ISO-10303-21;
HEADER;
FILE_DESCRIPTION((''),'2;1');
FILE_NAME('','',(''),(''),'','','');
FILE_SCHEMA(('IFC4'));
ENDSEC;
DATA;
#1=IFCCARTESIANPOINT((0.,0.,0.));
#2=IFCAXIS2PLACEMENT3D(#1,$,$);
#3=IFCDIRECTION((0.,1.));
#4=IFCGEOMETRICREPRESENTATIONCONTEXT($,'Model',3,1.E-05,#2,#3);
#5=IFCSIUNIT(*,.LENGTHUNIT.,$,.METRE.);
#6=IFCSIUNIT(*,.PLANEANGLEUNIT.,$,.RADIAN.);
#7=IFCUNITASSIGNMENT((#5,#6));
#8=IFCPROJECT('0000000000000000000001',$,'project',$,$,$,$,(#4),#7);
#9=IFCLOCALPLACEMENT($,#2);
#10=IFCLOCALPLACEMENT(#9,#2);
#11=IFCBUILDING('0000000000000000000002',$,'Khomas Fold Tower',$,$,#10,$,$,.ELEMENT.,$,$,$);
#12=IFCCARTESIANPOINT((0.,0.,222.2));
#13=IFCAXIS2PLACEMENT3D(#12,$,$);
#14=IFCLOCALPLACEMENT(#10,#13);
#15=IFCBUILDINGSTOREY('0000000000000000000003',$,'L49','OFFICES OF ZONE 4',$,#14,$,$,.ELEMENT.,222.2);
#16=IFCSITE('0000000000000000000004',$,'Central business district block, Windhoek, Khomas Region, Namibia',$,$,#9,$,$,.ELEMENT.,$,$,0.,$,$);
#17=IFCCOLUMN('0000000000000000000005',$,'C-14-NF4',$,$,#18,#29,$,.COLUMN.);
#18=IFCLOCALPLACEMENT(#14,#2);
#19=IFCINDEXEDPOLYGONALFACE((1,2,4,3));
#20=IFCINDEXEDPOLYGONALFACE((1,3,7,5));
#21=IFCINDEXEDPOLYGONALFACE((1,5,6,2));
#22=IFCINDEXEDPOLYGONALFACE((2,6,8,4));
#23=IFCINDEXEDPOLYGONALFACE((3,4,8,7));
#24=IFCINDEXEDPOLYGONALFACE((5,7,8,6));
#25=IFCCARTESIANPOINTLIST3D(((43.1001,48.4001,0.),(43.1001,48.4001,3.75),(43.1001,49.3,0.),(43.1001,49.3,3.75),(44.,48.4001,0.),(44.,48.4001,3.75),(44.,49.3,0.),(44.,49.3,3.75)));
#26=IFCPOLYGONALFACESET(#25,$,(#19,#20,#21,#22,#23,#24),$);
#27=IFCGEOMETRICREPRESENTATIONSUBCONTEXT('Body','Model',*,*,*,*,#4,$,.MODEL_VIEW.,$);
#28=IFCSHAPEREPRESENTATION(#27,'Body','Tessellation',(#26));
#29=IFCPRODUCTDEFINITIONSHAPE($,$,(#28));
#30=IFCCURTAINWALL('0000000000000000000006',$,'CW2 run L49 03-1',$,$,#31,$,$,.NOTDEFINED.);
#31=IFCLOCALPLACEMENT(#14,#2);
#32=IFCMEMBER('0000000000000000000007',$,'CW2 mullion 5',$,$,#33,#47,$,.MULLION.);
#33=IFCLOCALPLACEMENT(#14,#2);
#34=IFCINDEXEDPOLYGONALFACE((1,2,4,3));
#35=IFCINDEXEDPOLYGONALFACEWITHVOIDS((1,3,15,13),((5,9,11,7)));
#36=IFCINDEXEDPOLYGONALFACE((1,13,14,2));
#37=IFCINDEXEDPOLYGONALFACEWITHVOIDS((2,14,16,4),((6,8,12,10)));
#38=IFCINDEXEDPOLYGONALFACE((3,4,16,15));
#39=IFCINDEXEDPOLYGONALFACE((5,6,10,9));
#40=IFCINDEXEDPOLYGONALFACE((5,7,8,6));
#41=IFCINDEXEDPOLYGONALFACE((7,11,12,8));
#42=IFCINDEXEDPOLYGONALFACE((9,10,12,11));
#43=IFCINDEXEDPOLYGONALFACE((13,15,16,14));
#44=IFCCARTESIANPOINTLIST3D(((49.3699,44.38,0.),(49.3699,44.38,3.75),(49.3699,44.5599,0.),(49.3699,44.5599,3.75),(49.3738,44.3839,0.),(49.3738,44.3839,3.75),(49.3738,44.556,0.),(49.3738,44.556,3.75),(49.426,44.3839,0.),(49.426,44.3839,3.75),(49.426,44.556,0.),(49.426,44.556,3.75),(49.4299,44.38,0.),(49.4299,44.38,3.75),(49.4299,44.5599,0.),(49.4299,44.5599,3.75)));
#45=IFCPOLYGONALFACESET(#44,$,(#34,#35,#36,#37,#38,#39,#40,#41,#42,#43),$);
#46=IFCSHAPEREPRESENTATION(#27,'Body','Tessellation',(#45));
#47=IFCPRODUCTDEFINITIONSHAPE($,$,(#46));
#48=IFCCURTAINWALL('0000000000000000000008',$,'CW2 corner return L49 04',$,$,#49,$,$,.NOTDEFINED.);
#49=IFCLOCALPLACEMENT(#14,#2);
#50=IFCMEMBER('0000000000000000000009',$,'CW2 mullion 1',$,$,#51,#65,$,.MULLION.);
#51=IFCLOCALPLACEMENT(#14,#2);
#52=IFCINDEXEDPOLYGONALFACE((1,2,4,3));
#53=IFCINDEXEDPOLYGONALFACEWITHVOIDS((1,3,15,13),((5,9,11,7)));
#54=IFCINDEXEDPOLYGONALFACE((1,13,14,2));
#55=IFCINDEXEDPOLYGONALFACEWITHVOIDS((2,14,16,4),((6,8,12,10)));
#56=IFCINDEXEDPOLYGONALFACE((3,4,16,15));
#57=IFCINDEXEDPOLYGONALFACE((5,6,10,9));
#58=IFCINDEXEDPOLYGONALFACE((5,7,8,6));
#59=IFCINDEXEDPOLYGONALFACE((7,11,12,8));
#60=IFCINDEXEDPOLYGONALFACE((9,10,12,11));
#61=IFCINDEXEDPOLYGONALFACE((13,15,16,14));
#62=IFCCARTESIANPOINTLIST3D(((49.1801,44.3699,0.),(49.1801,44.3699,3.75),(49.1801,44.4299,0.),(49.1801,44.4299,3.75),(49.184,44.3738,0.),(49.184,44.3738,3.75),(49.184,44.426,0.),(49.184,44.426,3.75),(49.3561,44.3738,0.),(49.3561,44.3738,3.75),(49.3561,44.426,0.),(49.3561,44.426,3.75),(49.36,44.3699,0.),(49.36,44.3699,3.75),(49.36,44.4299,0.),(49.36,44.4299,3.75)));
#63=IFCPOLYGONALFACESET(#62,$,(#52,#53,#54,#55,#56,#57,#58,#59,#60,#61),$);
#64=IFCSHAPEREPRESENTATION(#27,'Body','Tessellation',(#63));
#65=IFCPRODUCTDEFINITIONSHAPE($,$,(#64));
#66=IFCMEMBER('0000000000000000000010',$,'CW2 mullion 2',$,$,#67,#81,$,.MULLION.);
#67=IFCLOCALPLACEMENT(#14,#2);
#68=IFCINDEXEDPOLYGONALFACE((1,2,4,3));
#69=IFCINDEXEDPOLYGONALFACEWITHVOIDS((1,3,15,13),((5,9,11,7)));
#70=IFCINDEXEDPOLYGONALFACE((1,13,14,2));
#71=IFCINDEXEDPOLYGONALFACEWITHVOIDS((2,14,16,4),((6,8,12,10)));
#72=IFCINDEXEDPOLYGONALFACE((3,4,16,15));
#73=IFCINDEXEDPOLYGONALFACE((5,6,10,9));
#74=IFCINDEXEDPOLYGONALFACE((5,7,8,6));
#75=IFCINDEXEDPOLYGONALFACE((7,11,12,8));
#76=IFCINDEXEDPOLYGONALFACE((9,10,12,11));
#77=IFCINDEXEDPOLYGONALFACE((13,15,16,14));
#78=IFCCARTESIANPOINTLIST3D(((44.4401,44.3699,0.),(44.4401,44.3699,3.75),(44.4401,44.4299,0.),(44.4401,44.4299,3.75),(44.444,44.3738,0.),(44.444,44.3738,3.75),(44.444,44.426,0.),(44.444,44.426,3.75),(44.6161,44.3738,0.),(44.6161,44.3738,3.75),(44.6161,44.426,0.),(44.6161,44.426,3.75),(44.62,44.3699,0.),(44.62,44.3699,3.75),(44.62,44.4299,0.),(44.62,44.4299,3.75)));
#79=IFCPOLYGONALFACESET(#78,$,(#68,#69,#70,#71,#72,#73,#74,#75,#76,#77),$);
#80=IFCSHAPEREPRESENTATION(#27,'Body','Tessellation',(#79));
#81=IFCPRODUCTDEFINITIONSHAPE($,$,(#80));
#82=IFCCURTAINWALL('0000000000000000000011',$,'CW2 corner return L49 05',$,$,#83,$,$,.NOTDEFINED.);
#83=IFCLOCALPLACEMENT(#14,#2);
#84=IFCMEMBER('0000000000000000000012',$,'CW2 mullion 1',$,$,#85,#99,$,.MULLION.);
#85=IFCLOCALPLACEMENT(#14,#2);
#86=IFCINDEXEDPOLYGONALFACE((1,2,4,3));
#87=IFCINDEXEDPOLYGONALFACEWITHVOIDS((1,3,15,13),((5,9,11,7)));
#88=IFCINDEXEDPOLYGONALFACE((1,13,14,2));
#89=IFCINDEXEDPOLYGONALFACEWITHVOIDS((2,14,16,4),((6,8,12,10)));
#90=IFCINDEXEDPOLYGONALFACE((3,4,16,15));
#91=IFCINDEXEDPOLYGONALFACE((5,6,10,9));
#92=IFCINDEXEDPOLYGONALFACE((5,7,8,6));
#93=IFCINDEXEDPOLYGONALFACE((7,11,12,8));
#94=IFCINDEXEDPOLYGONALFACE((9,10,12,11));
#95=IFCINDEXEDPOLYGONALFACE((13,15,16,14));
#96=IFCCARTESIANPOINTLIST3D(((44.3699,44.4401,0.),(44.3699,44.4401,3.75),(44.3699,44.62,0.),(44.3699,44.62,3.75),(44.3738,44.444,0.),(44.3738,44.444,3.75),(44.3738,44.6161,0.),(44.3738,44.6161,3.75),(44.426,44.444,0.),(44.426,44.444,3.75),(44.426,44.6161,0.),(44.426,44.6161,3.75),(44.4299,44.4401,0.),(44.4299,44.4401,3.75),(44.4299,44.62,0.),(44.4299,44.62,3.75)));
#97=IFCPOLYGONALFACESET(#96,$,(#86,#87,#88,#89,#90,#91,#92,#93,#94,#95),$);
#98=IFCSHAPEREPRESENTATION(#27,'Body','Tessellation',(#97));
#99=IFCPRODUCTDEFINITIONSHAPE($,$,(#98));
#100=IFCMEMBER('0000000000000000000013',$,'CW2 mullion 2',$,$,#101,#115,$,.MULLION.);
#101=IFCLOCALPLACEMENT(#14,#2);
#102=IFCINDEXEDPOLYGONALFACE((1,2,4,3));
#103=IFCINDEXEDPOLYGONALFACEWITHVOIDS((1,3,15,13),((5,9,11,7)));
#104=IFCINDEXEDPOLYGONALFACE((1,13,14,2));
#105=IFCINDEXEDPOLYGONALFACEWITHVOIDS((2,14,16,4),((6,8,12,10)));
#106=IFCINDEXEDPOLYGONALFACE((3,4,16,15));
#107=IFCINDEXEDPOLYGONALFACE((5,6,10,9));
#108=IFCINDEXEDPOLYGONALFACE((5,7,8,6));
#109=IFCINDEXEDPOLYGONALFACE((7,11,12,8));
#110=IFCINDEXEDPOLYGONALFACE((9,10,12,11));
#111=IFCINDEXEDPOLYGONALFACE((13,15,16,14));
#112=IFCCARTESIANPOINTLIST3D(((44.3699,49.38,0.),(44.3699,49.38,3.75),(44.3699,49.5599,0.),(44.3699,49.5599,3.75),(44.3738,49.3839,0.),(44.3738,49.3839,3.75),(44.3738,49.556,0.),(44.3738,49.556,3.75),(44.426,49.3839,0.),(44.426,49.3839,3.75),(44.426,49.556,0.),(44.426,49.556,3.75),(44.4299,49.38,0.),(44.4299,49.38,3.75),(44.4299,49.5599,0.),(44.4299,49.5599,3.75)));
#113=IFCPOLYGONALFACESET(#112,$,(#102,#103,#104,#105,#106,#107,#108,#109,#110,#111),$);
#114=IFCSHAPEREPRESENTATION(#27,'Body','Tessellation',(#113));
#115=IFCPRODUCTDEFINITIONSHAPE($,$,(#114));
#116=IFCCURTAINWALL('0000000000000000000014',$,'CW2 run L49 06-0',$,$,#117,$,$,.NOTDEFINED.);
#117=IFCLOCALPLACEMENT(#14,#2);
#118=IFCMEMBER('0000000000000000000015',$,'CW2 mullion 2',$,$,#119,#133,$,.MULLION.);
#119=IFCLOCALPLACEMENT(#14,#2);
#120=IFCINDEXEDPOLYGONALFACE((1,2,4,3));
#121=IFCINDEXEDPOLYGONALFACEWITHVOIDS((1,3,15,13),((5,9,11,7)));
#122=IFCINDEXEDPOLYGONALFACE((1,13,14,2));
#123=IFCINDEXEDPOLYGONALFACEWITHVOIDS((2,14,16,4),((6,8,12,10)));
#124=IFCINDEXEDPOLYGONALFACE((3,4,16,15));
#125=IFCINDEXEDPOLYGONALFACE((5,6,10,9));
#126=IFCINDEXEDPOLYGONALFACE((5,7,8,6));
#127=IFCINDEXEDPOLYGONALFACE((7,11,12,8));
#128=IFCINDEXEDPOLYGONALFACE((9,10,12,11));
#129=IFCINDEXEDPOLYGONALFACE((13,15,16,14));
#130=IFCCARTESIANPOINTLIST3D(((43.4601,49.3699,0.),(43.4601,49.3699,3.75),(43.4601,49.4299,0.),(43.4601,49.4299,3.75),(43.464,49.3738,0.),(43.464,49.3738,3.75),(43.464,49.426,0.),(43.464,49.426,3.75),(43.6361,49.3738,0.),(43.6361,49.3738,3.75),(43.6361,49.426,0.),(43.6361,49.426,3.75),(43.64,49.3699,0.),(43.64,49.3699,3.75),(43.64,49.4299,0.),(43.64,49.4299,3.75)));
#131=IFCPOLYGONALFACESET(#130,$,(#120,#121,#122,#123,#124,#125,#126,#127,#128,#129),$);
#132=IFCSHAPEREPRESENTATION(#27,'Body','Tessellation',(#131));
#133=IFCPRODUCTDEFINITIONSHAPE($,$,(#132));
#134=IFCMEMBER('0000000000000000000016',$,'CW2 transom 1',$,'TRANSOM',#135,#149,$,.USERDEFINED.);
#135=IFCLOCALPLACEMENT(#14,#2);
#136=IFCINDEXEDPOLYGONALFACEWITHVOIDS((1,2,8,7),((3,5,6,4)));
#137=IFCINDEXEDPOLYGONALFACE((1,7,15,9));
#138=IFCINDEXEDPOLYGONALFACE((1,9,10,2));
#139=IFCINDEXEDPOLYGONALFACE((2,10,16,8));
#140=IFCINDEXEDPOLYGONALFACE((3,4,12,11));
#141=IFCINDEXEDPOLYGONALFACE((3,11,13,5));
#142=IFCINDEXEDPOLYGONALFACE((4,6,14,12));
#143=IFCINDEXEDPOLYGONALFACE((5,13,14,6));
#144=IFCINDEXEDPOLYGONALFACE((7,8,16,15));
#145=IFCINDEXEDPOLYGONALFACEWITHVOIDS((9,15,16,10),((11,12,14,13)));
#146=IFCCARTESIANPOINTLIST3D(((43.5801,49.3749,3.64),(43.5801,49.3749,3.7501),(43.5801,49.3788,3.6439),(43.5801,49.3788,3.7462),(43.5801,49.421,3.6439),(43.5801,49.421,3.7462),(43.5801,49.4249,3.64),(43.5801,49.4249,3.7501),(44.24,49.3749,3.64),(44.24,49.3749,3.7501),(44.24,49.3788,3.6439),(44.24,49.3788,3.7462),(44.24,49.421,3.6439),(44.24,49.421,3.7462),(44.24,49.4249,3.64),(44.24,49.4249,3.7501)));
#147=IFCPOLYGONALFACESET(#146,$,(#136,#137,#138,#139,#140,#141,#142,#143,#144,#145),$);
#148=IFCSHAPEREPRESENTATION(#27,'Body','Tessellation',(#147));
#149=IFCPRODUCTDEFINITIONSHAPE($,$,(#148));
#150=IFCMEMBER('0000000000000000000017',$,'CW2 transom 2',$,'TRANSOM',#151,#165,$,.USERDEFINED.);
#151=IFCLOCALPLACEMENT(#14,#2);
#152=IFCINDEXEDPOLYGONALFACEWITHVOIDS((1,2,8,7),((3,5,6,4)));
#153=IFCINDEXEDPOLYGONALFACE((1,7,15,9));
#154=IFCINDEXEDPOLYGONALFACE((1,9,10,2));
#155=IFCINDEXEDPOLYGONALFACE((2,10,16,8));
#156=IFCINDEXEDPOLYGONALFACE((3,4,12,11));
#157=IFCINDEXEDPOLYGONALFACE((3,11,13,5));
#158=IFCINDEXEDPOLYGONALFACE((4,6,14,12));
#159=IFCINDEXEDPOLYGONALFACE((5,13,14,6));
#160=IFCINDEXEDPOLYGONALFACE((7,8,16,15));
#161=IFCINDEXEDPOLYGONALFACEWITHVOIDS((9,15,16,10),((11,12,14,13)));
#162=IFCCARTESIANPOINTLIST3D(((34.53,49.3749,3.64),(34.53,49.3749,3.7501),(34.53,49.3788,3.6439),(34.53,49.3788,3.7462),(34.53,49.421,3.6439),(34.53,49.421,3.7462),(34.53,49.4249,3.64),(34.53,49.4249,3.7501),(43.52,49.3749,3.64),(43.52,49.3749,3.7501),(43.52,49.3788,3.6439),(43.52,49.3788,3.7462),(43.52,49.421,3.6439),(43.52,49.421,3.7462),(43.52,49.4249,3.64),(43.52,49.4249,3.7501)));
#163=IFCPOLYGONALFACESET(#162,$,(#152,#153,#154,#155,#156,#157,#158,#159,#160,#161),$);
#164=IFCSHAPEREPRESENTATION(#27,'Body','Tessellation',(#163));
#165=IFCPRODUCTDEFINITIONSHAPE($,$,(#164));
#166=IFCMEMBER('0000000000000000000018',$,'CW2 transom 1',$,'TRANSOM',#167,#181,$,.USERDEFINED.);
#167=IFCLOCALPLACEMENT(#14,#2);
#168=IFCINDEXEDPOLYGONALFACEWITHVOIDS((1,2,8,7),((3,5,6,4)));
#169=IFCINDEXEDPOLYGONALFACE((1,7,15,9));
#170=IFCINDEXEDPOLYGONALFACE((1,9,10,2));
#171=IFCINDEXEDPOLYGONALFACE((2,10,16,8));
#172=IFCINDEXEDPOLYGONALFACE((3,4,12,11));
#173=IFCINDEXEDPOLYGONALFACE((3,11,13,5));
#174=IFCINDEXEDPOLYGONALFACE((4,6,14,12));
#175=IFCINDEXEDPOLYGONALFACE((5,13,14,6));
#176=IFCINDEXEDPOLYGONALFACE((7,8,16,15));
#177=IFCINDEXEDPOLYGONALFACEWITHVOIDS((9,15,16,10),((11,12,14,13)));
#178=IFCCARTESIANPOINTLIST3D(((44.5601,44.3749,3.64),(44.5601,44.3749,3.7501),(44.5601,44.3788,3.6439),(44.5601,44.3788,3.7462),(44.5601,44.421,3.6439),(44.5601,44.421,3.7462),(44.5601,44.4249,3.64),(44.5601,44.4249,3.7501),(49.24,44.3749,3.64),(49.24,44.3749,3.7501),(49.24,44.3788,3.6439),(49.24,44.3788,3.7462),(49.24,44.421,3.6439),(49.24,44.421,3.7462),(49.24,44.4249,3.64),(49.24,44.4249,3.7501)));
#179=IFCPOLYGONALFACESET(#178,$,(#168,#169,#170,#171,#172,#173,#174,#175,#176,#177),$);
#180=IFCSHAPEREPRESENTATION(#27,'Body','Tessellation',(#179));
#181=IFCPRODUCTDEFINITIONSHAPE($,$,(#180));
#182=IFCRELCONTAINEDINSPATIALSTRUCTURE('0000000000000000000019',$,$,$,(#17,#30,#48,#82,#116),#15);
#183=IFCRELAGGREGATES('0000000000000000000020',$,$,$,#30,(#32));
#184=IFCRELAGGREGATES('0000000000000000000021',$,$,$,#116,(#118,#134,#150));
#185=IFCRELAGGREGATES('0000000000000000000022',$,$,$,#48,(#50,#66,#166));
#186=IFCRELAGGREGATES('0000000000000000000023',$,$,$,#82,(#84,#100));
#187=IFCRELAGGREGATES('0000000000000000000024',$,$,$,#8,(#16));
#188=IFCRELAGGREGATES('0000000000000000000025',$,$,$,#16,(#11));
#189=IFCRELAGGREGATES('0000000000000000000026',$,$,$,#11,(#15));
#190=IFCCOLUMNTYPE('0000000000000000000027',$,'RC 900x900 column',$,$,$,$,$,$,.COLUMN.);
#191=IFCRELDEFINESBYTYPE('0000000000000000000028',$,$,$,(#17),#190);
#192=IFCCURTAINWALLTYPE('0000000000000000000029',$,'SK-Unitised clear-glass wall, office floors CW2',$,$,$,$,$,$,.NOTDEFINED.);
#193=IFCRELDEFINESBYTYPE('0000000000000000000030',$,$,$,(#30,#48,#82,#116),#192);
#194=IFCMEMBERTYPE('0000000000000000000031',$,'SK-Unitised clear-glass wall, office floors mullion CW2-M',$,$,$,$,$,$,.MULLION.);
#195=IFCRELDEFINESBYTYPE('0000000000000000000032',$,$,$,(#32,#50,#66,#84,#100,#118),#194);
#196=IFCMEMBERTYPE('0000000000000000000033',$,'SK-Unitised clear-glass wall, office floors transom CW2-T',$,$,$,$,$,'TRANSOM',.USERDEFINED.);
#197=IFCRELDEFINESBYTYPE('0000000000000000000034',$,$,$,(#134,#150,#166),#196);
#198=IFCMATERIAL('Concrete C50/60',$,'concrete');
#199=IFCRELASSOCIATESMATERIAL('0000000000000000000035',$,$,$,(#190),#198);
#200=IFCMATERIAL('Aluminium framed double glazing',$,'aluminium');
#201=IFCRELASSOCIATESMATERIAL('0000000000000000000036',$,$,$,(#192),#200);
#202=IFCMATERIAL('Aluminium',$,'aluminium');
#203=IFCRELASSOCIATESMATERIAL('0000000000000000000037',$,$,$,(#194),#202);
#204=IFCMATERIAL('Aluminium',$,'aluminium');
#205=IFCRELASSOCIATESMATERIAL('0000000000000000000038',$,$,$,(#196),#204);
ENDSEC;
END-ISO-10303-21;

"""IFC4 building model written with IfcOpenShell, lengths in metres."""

from ifc_helpers import new_model, si_unit, direction, frame, origin, origin_2d, place, context, subcontext, project, spatial, rectangle, hollow_rectangle, extrude, source, transform, mapped, material, material_profile, profile_set, type_object, element, aggregate, save


model = new_model("IFC4")

# Units and contexts
model_context = context("Model", 3, precision=1e-05, world=origin(), true_north=direction((0.0, 1.0)))
body_context = subcontext(model_context, "Body", "Model", "MODEL_VIEW")
ifc_project = project(units=[si_unit("LENGTHUNIT", "METRE"), si_unit("PLANEANGLEUNIT", "RADIAN")], contexts=[model_context])

# Site, building, storey
site_placement = place(None, origin())
site = spatial("IfcSite", under=ifc_project, at=site_placement, Name="Central business district block, Windhoek, Khomas Region, Namibia", CompositionType="ELEMENT", RefElevation=0.0)
building_placement = place(site_placement, origin())
building = spatial("IfcBuilding", under=site, at=building_placement, Name="Khomas Fold Tower", CompositionType="ELEMENT")
storey_placement = place(building_placement, frame((0.0, 0.0, 222.2)))
storey = spatial("IfcBuildingStorey", under=building, at=storey_placement, Name="L49", Description="OFFICES OF ZONE 4", CompositionType="ELEMENT", Elevation=222.2)

# Column
ifc_material_1 = material(Name="Concrete C50/60", Category="concrete")
ifc_material_profile_1 = material_profile(ifc_material_1, rectangle(XDim=0.8999, YDim=0.8999, at=origin_2d()), Name="RC 900x900")
ifc_profile_set_1 = profile_set([ifc_material_profile_1], Name="Concrete C50/60")
column_type = type_object("IfcColumnType", Name="RC 900x900 column", PredefinedType="COLUMN", material=ifc_profile_set_1)
shared_shape_1 = source(origin(), body_context, "Body", "SweptSolid", [
    extrude(rectangle(XDim=0.8999, YDim=0.8999, at=origin_2d()), origin(), (0.0, 0.0, 1.0), 3.75),
])
column_placement = place(storey_placement, frame((43.55, 48.8501, 0.0), z_axis=(0.0, 0.0, 1.0), x_axis=(1.0, 0.0, 0.0)))
element("IfcColumn", 1, at=column_placement, inside=storey, type_object=column_type, Name="C-14-NF4", PredefinedType="COLUMN", context=body_context, shape_type="MappedRepresentation", body=[
    mapped(shared_shape_1, transform((0.0, 0.0, 0.0))),
])

# Curtain wall, member
ifc_material_2 = material(Name="Aluminium framed double glazing", Category="aluminium")
curtain_wall_type = type_object("IfcCurtainWallType", Name="SK-Unitised clear-glass wall, office floors CW2", PredefinedType="NOTDEFINED", material=ifc_material_2)
curtain_wall_1_placement = place(storey_placement, origin())
curtain_wall_1 = element("IfcCurtainWall", 2, at=curtain_wall_1_placement, inside=storey, type_object=curtain_wall_type, Name="CW2 run L49 03-1", PredefinedType="NOTDEFINED")
ifc_material_3 = material(Name="Aluminium", Category="aluminium")
ifc_material_profile_2 = material_profile(ifc_material_3, hollow_rectangle(XDim=0.0601, YDim=0.1799, WallThickness=0.0039, at=origin_2d()), Name="SK-Unitised clear-glass wall, office floors mullion CW2-M")
ifc_profile_set_2 = profile_set([ifc_material_profile_2], Name="Aluminium")
member_type_1 = type_object("IfcMemberType", Name="SK-Unitised clear-glass wall, office floors mullion CW2-M", PredefinedType="MULLION", material=ifc_profile_set_2)
shared_shape_2 = source(origin(), body_context, "Body", "SweptSolid", [
    extrude(hollow_rectangle(XDim=0.0601, YDim=0.1799, WallThickness=0.0039, at=origin_2d()), origin(), (0.0, 0.0, 1.0), 3.75),
])
member_1_placement = place(storey_placement, frame((49.3999, 44.47, 0.0), z_axis=(0.0, 0.0, 1.0), x_axis=(-1.0, 0.0, 0.0)))
member_1 = element("IfcMember", 3, at=member_1_placement, type_object=member_type_1, Name="CW2 mullion 5", PredefinedType="MULLION", context=body_context, shape_type="MappedRepresentation", body=[
    mapped(shared_shape_2, transform((0.0, 0.0, 0.0))),
])
aggregate(curtain_wall_1, [member_1])

# Curtain walls, members
curtain_wall_2_placement = place(storey_placement, origin())
curtain_wall_2 = element("IfcCurtainWall", 4, at=curtain_wall_2_placement, inside=storey, type_object=curtain_wall_type, Name="CW2 corner return L49 04", PredefinedType="NOTDEFINED")
member_2_placement = place(storey_placement, frame((49.27, 44.3999, 0.0), z_axis=(0.0, 0.0, 1.0), x_axis=(0.0, -1.0, 0.0)))
member_2 = element("IfcMember", 5, at=member_2_placement, type_object=member_type_1, Name="CW2 mullion 1", PredefinedType="MULLION", context=body_context, shape_type="MappedRepresentation", body=[
    mapped(shared_shape_2, transform((0.0, 0.0, 0.0))),
])
member_3_placement = place(storey_placement, frame((44.53, 44.3999, 0.0), z_axis=(0.0, 0.0, 1.0), x_axis=(0.0, -1.0, 0.0)))
member_3 = element("IfcMember", 6, at=member_3_placement, type_object=member_type_1, Name="CW2 mullion 2", PredefinedType="MULLION", context=body_context, shape_type="MappedRepresentation", body=[
    mapped(shared_shape_2, transform((0.0, 0.0, 0.0))),
])
curtain_wall_3_placement = place(storey_placement, origin())
curtain_wall_3 = element("IfcCurtainWall", 7, at=curtain_wall_3_placement, inside=storey, type_object=curtain_wall_type, Name="CW2 corner return L49 05", PredefinedType="NOTDEFINED")
member_4_placement = place(storey_placement, frame((44.3999, 44.53, 0.0), z_axis=(0.0, 0.0, 1.0), x_axis=(-1.0, 0.0, 0.0)))
member_4 = element("IfcMember", 8, at=member_4_placement, type_object=member_type_1, Name="CW2 mullion 1", PredefinedType="MULLION", context=body_context, shape_type="MappedRepresentation", body=[
    mapped(shared_shape_2, transform((0.0, 0.0, 0.0))),
])
member_5_placement = place(storey_placement, frame((44.3999, 49.47, 0.0), z_axis=(0.0, 0.0, 1.0), x_axis=(-1.0, 0.0, 0.0)))
member_5 = element("IfcMember", 9, at=member_5_placement, type_object=member_type_1, Name="CW2 mullion 2", PredefinedType="MULLION", context=body_context, shape_type="MappedRepresentation", body=[
    mapped(shared_shape_2, transform((0.0, 0.0, 0.0))),
])
curtain_wall_4_placement = place(storey_placement, origin())
curtain_wall_4 = element("IfcCurtainWall", 10, at=curtain_wall_4_placement, inside=storey, type_object=curtain_wall_type, Name="CW2 run L49 06-0", PredefinedType="NOTDEFINED")
member_6_placement = place(storey_placement, frame((43.55, 49.3999, 0.0), z_axis=(0.0, 0.0, 1.0), x_axis=(0.0, -1.0, 0.0)))
member_6 = element("IfcMember", 11, at=member_6_placement, type_object=member_type_1, Name="CW2 mullion 2", PredefinedType="MULLION", context=body_context, shape_type="MappedRepresentation", body=[
    mapped(shared_shape_2, transform((0.0, 0.0, 0.0))),
])
ifc_material_4 = material(Name="Aluminium", Category="aluminium")
ifc_material_profile_3 = material_profile(ifc_material_4, hollow_rectangle(XDim=0.05, YDim=0.1101, WallThickness=0.0039, at=origin_2d()), Name="SK-Unitised clear-glass wall, office floors transom CW2-T")
ifc_profile_set_3 = profile_set([ifc_material_profile_3], Name="Aluminium")
member_type_2 = type_object("IfcMemberType", Name="SK-Unitised clear-glass wall, office floors transom CW2-T", ElementType="TRANSOM", PredefinedType="USERDEFINED", material=ifc_profile_set_3)
shared_shape_3 = source(origin(), body_context, "Body", "SweptSolid", [
    extrude(hollow_rectangle(XDim=0.05, YDim=0.1101, WallThickness=0.0039, at=origin_2d()), origin(), (0.0, 0.0, 1.0), 0.6599),
])
member_7_placement = place(storey_placement, frame((44.24, 49.3999, 3.6951), z_axis=(-1.0, 0.0, 0.0), x_axis=(0.0, -1.0, 0.0)))
member_7 = element("IfcMember", 12, at=member_7_placement, type_object=member_type_2, Name="CW2 transom 1", ObjectType="TRANSOM", PredefinedType="USERDEFINED", context=body_context, shape_type="MappedRepresentation", body=[
    mapped(shared_shape_3, transform((0.0, 0.0, 0.0))),
])
shared_shape_4 = source(origin(), body_context, "Body", "SweptSolid", [
    extrude(hollow_rectangle(XDim=0.05, YDim=0.1101, WallThickness=0.0039, at=origin_2d()), origin(), (0.0, 0.0, 1.0), 8.99),
])
member_8_placement = place(storey_placement, frame((43.52, 49.3999, 3.6951), z_axis=(-1.0, 0.0, 0.0), x_axis=(0.0, -1.0, 0.0)))
member_8 = element("IfcMember", 13, at=member_8_placement, type_object=member_type_2, Name="CW2 transom 2", ObjectType="TRANSOM", PredefinedType="USERDEFINED", context=body_context, shape_type="MappedRepresentation", body=[
    mapped(shared_shape_4, transform((0.0, 0.0, 0.0))),
])

# Member
shared_shape_5 = source(origin(), body_context, "Body", "SweptSolid", [
    extrude(hollow_rectangle(XDim=0.05, YDim=0.1101, WallThickness=0.0039, at=origin_2d()), origin(), (0.0, 0.0, 1.0), 4.6799),
])
member_9_placement = place(storey_placement, frame((49.24, 44.3999, 3.6951), z_axis=(-1.0, 0.0, 0.0), x_axis=(0.0, -1.0, 0.0)))
member_9 = element("IfcMember", 14, at=member_9_placement, type_object=member_type_2, Name="CW2 transom 1", ObjectType="TRANSOM", PredefinedType="USERDEFINED", context=body_context, shape_type="MappedRepresentation", body=[
    mapped(shared_shape_5, transform((0.0, 0.0, 0.0))),
])

aggregate(curtain_wall_4, [member_6, member_7, member_8])
aggregate(curtain_wall_2, [member_2, member_3, member_9])
aggregate(curtain_wall_3, [member_4, member_5])

save(model, "model.ifc")
